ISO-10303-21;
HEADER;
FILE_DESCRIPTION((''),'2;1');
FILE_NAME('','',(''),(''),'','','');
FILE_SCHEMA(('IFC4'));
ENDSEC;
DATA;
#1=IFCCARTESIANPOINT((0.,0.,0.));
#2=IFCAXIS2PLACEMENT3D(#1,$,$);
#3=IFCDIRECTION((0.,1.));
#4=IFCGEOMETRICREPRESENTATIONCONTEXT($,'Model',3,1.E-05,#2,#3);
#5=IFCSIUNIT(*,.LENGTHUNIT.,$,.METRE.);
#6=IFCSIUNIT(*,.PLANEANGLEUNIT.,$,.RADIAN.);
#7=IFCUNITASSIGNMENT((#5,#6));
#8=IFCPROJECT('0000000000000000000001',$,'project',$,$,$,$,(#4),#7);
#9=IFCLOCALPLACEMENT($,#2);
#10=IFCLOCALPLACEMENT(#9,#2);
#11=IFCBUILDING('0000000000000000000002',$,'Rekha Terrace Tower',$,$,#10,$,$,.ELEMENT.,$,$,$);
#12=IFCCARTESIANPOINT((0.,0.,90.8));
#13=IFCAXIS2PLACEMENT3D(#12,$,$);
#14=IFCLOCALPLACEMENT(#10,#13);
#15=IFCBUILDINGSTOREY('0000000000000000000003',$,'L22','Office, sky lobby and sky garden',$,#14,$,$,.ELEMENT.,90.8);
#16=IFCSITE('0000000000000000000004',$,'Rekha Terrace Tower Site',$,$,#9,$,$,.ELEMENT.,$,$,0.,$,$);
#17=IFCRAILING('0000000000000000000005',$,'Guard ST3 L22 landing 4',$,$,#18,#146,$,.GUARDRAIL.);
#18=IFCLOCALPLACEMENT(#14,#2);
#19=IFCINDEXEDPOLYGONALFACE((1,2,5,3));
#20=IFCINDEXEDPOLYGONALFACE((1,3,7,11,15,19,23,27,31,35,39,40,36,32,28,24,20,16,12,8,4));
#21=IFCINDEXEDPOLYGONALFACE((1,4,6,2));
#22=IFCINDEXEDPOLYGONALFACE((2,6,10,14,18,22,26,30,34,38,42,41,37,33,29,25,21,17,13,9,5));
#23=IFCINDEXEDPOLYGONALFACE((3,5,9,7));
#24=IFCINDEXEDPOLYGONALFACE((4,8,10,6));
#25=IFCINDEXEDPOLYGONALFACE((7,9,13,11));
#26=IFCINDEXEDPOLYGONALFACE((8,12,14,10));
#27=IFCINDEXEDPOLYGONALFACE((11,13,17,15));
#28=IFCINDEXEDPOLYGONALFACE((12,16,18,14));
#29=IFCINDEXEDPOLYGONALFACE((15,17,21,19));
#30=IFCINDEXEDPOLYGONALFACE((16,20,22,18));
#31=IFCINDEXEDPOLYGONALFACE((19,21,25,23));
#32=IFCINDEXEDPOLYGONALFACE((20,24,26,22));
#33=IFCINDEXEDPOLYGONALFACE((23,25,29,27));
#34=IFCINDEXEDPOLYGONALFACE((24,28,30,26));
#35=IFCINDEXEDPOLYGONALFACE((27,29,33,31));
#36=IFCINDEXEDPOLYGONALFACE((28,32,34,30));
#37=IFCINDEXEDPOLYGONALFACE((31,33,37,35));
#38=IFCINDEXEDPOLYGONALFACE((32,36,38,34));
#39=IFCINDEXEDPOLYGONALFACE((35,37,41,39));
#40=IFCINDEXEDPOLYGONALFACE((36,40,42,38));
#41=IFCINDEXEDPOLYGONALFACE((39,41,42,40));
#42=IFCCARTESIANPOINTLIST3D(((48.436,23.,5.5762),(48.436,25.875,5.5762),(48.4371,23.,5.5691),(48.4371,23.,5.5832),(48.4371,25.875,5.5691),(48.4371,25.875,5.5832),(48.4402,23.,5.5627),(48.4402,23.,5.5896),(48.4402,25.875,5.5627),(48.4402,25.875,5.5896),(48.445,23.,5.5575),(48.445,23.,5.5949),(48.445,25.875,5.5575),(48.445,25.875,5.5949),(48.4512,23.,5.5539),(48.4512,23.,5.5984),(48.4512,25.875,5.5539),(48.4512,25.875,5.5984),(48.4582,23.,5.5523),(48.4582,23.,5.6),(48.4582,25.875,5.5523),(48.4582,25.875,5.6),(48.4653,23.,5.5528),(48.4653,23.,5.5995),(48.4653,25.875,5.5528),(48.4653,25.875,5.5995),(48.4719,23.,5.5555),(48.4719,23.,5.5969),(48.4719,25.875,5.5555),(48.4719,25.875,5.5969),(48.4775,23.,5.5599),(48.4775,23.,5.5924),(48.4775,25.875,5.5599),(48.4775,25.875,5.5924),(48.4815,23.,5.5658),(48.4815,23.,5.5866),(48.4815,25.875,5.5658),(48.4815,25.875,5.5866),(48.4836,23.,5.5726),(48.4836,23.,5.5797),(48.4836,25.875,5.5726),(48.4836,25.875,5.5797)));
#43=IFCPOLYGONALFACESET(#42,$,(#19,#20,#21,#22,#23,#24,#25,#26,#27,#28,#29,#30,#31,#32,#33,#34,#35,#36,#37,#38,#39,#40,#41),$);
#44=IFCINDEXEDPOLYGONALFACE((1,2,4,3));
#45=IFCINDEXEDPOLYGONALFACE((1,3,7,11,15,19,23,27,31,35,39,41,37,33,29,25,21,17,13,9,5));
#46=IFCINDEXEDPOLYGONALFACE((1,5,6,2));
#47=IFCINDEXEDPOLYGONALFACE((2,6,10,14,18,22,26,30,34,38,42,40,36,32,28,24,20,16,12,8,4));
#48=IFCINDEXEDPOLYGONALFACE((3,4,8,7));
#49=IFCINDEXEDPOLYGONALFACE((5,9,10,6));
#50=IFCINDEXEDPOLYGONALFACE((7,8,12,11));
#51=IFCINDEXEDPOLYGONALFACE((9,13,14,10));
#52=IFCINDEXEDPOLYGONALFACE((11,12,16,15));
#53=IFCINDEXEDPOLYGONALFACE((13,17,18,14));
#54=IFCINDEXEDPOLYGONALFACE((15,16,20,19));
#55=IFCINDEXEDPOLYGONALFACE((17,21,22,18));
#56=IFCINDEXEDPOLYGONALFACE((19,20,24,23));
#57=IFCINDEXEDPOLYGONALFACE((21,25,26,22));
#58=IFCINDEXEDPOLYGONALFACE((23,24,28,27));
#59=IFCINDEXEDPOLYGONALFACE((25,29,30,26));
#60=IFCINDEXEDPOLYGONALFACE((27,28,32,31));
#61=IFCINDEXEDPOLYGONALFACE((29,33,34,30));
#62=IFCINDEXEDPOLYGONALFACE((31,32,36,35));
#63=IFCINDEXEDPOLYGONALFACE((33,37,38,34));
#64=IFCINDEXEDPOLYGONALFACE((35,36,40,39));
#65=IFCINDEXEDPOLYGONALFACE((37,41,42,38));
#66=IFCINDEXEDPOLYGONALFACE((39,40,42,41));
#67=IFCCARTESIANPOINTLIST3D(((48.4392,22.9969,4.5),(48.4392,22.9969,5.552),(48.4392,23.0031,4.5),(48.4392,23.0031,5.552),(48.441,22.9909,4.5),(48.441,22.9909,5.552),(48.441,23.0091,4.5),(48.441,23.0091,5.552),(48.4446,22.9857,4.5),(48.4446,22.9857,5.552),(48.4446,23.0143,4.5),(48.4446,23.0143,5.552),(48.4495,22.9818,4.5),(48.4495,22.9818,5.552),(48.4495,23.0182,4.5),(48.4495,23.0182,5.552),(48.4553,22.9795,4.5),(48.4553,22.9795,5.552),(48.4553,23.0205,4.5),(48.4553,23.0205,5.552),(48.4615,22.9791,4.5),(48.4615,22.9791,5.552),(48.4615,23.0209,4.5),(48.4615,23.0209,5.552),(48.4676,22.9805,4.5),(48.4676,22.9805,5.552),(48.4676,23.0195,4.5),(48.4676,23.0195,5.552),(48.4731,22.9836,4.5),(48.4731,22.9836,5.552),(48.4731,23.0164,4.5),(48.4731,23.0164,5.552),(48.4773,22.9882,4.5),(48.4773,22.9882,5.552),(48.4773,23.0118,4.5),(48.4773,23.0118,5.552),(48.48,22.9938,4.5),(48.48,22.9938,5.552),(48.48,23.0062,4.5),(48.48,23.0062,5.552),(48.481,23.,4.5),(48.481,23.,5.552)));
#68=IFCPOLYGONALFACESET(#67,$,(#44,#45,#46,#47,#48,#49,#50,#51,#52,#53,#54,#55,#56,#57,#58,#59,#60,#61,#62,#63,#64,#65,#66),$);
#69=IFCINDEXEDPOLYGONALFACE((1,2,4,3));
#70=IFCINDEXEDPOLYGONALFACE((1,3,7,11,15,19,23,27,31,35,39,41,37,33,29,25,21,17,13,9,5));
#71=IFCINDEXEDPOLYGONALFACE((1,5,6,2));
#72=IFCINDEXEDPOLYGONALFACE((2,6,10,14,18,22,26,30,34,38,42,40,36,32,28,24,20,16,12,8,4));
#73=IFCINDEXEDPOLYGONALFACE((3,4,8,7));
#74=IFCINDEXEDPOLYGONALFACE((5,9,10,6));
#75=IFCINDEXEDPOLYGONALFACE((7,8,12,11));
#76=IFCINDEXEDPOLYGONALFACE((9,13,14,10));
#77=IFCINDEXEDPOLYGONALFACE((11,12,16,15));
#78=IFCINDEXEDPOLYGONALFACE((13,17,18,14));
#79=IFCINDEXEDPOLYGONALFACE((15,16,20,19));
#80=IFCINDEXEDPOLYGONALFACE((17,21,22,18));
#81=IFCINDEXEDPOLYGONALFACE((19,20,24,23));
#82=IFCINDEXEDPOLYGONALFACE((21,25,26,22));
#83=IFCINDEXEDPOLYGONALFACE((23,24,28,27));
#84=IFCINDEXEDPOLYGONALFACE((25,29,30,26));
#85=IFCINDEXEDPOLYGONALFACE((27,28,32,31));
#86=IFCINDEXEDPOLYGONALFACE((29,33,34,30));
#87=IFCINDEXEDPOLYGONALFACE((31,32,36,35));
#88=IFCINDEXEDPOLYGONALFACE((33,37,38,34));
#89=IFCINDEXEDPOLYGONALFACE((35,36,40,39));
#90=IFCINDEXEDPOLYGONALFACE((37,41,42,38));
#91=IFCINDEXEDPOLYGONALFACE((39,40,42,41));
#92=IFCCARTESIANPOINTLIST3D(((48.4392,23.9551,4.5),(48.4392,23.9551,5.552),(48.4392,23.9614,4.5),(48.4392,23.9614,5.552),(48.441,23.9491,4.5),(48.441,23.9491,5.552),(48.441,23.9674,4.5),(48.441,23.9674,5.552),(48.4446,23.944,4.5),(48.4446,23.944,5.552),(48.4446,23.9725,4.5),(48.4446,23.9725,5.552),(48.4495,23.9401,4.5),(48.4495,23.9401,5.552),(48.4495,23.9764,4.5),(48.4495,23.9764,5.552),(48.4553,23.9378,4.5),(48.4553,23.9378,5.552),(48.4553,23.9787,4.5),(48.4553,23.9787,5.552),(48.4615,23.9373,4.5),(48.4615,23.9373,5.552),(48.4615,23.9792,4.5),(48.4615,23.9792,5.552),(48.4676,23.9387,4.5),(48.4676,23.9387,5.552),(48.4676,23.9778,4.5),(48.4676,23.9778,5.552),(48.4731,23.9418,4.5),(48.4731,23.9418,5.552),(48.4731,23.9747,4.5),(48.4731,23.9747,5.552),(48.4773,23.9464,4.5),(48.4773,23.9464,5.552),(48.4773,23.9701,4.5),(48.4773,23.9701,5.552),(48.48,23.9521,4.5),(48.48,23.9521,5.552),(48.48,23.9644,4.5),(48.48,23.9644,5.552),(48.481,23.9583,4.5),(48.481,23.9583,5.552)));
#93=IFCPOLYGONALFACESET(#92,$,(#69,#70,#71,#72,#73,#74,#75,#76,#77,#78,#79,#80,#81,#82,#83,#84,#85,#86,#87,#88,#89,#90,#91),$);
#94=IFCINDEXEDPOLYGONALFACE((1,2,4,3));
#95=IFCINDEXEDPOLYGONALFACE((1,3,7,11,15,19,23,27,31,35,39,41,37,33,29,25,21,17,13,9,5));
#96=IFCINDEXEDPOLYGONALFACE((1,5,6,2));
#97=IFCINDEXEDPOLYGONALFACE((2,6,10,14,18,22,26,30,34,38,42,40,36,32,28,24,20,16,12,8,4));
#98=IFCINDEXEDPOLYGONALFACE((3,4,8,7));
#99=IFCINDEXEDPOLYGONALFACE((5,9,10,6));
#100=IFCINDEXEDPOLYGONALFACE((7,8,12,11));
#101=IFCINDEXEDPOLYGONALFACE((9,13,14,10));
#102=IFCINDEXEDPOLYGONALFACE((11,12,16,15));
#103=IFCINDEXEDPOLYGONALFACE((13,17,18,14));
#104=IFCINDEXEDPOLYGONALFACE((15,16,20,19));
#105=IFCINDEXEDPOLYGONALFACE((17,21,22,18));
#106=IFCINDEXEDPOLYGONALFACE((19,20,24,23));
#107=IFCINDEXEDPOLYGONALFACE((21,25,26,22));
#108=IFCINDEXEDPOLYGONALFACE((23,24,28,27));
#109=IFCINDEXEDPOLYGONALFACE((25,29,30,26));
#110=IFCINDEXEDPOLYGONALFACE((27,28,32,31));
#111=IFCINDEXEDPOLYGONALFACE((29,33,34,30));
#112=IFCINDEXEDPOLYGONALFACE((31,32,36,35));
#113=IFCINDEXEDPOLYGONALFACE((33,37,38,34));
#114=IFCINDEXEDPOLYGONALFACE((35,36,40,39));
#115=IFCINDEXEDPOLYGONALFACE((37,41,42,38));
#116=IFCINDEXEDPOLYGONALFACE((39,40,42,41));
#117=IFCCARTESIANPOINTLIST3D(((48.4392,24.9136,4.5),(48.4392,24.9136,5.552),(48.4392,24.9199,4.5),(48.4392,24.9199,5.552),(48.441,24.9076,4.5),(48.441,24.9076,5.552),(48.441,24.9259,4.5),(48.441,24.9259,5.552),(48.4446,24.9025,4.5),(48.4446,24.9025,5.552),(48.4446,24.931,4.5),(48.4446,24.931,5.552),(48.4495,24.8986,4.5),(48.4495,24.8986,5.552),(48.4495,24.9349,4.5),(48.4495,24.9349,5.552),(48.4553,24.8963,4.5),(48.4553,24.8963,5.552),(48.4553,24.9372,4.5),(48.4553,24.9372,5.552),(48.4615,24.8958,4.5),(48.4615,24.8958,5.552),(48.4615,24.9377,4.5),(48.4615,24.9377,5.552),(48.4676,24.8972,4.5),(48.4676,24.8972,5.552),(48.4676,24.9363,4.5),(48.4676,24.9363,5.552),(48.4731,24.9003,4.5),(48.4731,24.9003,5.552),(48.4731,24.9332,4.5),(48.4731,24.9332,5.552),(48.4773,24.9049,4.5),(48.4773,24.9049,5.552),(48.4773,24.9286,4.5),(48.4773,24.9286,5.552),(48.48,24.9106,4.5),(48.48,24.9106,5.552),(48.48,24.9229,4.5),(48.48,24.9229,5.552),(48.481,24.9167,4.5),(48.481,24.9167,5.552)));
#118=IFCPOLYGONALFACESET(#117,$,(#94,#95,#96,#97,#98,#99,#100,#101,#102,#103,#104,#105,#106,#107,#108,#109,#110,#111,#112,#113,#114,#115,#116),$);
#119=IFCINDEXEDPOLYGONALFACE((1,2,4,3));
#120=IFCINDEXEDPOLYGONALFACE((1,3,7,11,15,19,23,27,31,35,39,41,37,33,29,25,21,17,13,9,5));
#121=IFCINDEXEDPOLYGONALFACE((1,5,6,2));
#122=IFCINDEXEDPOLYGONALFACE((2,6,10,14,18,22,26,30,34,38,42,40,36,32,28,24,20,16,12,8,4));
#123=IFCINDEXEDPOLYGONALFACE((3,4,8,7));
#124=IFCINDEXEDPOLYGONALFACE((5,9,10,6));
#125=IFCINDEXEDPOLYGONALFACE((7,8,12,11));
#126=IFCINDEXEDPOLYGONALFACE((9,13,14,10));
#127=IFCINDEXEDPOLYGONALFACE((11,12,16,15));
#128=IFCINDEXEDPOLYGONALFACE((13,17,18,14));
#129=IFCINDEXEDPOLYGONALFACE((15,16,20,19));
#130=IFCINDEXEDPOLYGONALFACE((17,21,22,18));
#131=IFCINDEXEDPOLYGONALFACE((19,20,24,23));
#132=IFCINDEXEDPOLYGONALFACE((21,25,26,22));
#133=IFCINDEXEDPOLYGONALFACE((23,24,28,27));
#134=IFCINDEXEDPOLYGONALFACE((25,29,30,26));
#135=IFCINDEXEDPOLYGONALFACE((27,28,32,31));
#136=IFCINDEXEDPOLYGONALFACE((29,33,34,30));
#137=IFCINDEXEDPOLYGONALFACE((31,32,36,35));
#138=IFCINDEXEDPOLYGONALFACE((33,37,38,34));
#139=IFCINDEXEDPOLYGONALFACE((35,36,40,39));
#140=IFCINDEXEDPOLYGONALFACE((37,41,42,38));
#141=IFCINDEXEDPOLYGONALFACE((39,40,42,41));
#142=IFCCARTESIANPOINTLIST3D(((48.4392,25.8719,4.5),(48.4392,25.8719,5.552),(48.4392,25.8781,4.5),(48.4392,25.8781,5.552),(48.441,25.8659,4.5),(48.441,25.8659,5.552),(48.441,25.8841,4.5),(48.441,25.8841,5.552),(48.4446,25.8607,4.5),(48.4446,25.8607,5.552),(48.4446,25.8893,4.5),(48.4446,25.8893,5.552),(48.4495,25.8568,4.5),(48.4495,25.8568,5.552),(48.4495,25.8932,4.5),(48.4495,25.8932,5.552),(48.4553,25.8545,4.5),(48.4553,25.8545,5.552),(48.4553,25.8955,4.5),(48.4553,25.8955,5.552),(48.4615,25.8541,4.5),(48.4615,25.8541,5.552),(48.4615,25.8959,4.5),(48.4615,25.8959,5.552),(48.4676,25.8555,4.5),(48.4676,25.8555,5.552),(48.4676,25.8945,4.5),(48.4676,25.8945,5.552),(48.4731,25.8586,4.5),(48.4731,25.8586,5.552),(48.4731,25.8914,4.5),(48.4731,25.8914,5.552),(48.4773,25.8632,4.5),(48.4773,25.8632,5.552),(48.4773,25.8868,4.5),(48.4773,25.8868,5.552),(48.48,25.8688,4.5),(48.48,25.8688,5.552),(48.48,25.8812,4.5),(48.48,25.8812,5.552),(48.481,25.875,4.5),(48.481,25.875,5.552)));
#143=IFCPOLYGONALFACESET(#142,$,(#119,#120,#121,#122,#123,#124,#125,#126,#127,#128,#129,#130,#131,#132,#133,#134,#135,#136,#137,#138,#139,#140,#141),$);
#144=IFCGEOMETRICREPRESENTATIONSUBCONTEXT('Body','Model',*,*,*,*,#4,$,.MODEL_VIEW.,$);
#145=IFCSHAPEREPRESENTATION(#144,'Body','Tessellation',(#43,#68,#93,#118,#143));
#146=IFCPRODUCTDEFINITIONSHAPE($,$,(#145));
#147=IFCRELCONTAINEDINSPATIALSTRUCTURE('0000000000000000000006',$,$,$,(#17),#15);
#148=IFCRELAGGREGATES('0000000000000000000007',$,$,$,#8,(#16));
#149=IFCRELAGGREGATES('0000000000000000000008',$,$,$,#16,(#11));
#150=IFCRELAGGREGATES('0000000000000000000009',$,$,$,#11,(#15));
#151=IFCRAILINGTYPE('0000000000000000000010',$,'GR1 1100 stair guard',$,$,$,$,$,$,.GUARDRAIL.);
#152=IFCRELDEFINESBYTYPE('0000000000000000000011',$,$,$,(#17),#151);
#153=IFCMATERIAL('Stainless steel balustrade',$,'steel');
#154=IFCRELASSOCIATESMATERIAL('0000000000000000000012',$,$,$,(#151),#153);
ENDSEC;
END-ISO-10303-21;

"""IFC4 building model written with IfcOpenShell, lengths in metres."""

from ifc_helpers import new_model, si_unit, direction, frame, origin, origin_2d, place, context, subcontext, project, spatial, circle, extrude, material, type_object, element, save


model = new_model("IFC4")

# Units and contexts
model_context = context("Model", 3, precision=1e-05, world=origin(), true_north=direction((0.0, 1.0)))
body_context = subcontext(model_context, "Body", "Model", "MODEL_VIEW")
ifc_project = project(units=[si_unit("LENGTHUNIT", "METRE"), si_unit("PLANEANGLEUNIT", "RADIAN")], contexts=[model_context])

# Site, building, storey
site_placement = place(None, origin())
site = spatial("IfcSite", under=ifc_project, at=site_placement, Name="Rekha Terrace Tower Site", CompositionType="ELEMENT", RefElevation=0.0)
building_placement = place(site_placement, origin())
building = spatial("IfcBuilding", under=site, at=building_placement, Name="Rekha Terrace Tower", CompositionType="ELEMENT")
storey_placement = place(building_placement, frame((0.0, 0.0, 90.8)))
storey = spatial("IfcBuildingStorey", under=building, at=storey_placement, Name="L22", Description="Office, sky lobby and sky garden", CompositionType="ELEMENT", Elevation=90.8)

# Railing
ifc_material_1 = material(Name="Stainless steel balustrade", Category="steel")
railing_type = type_object("IfcRailingType", Name="GR1 1100 stair guard", PredefinedType="GUARDRAIL", material=ifc_material_1)
railing_1_placement = place(storey_placement, frame((48.46, 23.0, 4.5)))
element("IfcRailing", 1, at=railing_1_placement, inside=storey, type_object=railing_type, Name="Guard ST3 L22 landing 4", PredefinedType="GUARDRAIL", context=body_context, shape_type="SweptSolid", body=[
    extrude(circle(Radius=0.0239, at=origin_2d()), frame((0.0, 0.0, 1.0762), z_axis=(0.0, 1.0, 0.0), x_axis=(-1.0, 0.0, 0.0)), (0.0, 0.0, 1.0), 2.875),
    extrude(circle(Radius=0.021, at=origin_2d()), origin(), (0.0, 0.0, 1.0), 1.052),
    extrude(circle(Radius=0.021, at=origin_2d()), frame((0.0, 0.9583, 0.0)), (0.0, 0.0, 1.0), 1.052),
    extrude(circle(Radius=0.021, at=origin_2d()), frame((0.0, 1.9167, 0.0)), (0.0, 0.0, 1.0), 1.052),
    extrude(circle(Radius=0.021, at=origin_2d()), frame((0.0, 2.875, 0.0)), (0.0, 0.0, 1.0), 1.052),
])

save(model, "model.ifc")
